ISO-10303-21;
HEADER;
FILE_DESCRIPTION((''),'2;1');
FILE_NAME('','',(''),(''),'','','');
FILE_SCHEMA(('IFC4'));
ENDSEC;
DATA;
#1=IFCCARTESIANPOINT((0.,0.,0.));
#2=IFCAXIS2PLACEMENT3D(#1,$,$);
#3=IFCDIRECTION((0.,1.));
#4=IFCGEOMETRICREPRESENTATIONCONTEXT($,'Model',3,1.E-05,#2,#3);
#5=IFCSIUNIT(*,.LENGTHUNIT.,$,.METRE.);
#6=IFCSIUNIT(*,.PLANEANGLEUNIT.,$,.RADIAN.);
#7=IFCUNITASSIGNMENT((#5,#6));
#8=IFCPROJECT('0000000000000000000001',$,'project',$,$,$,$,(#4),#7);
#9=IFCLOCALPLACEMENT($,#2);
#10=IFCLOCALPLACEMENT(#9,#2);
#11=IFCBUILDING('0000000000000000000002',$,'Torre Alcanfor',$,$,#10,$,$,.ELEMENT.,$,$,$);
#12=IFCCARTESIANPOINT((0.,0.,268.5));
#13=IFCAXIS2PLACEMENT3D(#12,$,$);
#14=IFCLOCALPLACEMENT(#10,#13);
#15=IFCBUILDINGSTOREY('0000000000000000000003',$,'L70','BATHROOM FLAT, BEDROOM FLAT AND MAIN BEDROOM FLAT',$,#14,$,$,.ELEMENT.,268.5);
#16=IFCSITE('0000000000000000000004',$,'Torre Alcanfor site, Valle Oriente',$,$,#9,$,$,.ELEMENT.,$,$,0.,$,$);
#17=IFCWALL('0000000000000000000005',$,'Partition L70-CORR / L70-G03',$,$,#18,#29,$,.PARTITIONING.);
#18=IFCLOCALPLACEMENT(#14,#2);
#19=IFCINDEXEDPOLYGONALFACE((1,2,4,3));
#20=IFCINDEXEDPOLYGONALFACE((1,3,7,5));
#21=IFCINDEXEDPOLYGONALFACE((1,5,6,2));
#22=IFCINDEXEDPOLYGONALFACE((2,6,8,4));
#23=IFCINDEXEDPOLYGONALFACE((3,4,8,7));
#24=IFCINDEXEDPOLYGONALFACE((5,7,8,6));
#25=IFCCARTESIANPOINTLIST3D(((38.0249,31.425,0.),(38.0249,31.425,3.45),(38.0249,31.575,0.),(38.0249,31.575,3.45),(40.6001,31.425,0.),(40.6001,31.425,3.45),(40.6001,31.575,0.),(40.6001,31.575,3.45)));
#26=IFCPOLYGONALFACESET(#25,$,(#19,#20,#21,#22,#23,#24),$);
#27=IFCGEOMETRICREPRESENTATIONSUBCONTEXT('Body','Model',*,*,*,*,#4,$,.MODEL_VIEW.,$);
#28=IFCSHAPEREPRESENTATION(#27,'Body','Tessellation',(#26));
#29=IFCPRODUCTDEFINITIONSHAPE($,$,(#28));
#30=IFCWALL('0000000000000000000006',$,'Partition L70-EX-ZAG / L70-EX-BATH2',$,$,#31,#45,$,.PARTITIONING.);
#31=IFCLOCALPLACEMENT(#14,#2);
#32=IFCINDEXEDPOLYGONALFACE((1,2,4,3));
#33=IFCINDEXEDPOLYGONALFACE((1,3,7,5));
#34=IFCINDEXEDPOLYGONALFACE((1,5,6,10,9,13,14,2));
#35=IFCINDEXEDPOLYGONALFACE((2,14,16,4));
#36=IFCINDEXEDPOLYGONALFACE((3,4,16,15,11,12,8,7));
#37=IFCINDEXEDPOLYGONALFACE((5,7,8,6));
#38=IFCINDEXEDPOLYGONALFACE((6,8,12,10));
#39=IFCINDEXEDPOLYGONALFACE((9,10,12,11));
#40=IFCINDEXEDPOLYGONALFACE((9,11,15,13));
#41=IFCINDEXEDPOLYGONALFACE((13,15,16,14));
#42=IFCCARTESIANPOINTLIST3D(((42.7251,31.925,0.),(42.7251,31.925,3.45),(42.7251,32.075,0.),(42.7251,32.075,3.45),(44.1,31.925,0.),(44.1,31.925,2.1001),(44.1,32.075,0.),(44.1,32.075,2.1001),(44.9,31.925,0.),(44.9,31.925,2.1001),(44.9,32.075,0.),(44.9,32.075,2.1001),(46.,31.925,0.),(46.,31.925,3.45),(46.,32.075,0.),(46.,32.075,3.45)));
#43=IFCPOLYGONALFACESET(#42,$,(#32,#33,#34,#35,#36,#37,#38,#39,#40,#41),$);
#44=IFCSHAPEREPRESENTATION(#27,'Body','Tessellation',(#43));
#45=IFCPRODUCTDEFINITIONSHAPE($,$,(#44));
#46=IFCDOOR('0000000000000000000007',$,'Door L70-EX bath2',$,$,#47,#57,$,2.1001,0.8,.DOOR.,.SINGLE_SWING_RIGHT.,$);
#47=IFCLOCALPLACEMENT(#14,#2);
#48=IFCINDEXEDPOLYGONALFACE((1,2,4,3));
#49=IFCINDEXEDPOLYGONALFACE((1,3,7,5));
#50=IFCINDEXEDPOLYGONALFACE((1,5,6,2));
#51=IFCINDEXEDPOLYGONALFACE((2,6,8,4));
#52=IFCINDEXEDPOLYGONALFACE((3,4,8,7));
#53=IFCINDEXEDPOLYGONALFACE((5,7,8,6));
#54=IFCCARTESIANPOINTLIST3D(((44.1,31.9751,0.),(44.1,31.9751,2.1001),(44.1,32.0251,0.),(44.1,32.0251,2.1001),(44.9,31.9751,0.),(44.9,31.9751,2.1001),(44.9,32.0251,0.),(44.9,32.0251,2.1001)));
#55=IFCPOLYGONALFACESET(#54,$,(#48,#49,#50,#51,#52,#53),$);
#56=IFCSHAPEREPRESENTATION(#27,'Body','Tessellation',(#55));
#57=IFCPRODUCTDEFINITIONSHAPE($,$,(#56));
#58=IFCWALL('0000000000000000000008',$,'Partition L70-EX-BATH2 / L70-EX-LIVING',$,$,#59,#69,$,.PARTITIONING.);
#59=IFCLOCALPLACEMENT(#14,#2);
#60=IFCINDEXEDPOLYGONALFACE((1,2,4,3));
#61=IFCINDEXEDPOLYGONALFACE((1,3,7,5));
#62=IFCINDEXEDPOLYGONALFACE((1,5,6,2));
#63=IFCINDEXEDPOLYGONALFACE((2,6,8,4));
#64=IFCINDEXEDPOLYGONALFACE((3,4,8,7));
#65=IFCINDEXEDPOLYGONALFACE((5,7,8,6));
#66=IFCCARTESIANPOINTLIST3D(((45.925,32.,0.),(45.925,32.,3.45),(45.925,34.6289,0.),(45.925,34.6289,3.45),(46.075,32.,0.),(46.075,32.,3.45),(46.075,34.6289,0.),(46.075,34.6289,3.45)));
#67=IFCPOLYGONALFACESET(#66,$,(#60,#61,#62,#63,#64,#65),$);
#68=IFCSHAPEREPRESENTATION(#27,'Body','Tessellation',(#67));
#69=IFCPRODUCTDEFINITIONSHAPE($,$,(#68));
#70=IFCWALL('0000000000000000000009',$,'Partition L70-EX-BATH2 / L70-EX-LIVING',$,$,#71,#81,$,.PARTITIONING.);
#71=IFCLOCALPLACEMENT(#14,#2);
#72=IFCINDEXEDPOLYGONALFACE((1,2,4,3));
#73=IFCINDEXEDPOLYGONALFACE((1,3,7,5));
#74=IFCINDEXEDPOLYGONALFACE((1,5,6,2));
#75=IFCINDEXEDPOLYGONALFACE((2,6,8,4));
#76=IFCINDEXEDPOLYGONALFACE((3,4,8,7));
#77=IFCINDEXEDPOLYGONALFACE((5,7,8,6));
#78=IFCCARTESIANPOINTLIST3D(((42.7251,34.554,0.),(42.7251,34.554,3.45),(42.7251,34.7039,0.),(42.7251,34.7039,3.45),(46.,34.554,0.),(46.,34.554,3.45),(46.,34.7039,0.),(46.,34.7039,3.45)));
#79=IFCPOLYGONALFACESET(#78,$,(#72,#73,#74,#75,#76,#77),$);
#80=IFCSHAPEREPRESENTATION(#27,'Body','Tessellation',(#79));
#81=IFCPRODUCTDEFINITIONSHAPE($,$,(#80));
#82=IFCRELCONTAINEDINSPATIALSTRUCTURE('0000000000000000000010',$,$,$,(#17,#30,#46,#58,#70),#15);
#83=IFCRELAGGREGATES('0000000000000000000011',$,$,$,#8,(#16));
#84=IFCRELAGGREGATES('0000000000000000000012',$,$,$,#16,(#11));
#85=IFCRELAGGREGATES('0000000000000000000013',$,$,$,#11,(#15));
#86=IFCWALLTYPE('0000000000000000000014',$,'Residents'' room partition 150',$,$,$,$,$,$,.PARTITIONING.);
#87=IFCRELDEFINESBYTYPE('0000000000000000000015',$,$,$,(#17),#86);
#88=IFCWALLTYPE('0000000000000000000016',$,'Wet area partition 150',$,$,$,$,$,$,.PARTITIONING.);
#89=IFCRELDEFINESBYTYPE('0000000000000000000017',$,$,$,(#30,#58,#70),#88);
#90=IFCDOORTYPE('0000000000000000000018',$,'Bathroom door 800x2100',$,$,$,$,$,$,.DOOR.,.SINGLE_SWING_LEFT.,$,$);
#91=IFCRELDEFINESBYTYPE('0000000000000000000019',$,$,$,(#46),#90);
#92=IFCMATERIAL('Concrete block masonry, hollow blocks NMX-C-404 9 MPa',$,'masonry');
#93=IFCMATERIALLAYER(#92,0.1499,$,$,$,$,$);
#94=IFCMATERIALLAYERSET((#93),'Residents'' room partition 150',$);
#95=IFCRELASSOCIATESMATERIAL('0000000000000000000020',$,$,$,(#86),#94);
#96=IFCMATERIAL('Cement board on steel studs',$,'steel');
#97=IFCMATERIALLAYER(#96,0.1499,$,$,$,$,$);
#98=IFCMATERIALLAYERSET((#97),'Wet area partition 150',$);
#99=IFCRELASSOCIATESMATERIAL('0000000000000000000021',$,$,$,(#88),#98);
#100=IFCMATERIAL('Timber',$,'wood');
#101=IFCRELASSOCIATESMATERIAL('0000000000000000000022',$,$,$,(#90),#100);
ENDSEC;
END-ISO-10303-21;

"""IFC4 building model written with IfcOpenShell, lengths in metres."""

from ifc_helpers import new_model, si_unit, direction, frame, frame_2d, origin, place, context, subcontext, project, spatial, rectangle, extrude, material, layer, layer_set, type_object, element, fill, save


model = new_model("IFC4")

# Units and contexts
model_context = context("Model", 3, precision=1e-05, world=origin(), true_north=direction((0.0, 1.0)))
body_context = subcontext(model_context, "Body", "Model", "MODEL_VIEW")
ifc_project = project(units=[si_unit("LENGTHUNIT", "METRE"), si_unit("PLANEANGLEUNIT", "RADIAN")], contexts=[model_context])

# Site, building, storey
site_placement = place(None, origin())
site = spatial("IfcSite", under=ifc_project, at=site_placement, Name="Torre Alcanfor site, Valle Oriente", CompositionType="ELEMENT", RefElevation=0.0)
building_placement = place(site_placement, origin())
building = spatial("IfcBuilding", under=site, at=building_placement, Name="Torre Alcanfor", CompositionType="ELEMENT")
storey_placement = place(building_placement, frame((0.0, 0.0, 268.5)))
storey = spatial("IfcBuildingStorey", under=building, at=storey_placement, Name="L70", Description="BATHROOM FLAT, BEDROOM FLAT AND MAIN BEDROOM FLAT", CompositionType="ELEMENT", Elevation=268.5)

# Wall
ifc_material_1 = material(Name="Concrete block masonry, hollow blocks NMX-C-404 9 MPa", Category="masonry")
ifc_layer_1 = layer(ifc_material_1, 0.1499)
ifc_layer_set_1 = layer_set([ifc_layer_1], Name="Residents' room partition 150")
wall_type_1 = type_object("IfcWallType", Name="Residents' room partition 150", PredefinedType="PARTITIONING", material=ifc_layer_set_1)
wall_1_placement = place(storey_placement, frame((40.6001, 31.5, 0.0), z_axis=(0.0, 0.0, 1.0), x_axis=(-1.0, 0.0, 0.0)))
element("IfcWall", 1, at=wall_1_placement, inside=storey, type_object=wall_type_1, Name="Partition L70-CORR / L70-G03", PredefinedType="PARTITIONING", context=body_context, shape_type="SweptSolid", body=[
    extrude(rectangle(XDim=2.5752, YDim=0.1499, at=frame_2d((1.2876, 0.0))), origin(), (0.0, 0.0, 1.0), 3.45),
])

# Wall, opening, door
ifc_material_2 = material(Name="Cement board on steel studs", Category="steel")
ifc_layer_2 = layer(ifc_material_2, 0.1499)
ifc_layer_set_2 = layer_set([ifc_layer_2], Name="Wet area partition 150")
wall_type_2 = type_object("IfcWallType", Name="Wet area partition 150", PredefinedType="PARTITIONING", material=ifc_layer_set_2)
wall_2_placement = place(storey_placement, frame((46.0, 32.0, 0.0), z_axis=(0.0, 0.0, 1.0), x_axis=(-1.0, 0.0, 0.0)))
wall_2 = element("IfcWall", 2, at=wall_2_placement, inside=storey, type_object=wall_type_2, Name="Partition L70-EX-ZAG / L70-EX-BATH2", PredefinedType="PARTITIONING", context=body_context, shape_type="SweptSolid", body=[
    extrude(rectangle(XDim=3.2749, YDim=0.1499, at=frame_2d((1.6375, 0.0))), origin(), (0.0, 0.0, 1.0), 3.45),
])
opening_1_placement = place(wall_2_placement, frame((1.1001, 0.0, 0.0)))
opening_1 = element("IfcOpeningElement", 3, at=opening_1_placement, cuts=wall_2, PredefinedType="OPENING", context=body_context, shape_type="SweptSolid", body=[
    extrude(rectangle(XDim=0.8, YDim=2.1001, at=frame_2d((0.3999, 1.05))), frame((0.0, 0.085, 0.0), z_axis=(0.0, -1.0, 0.0), x_axis=(1.0, 0.0, 0.0)), (0.0, 0.0, 1.0), 0.1699),
])
ifc_material_3 = material(Name="Timber", Category="wood")
door_type_1 = type_object("IfcDoorType", Name="Bathroom door 800x2100", OperationType="SINGLE_SWING_LEFT", PredefinedType="DOOR", material=ifc_material_3)
door_1_placement = place(opening_1_placement, frame((0.8, 0.0, 0.0), z_axis=(0.0, 0.0, 1.0), x_axis=(-1.0, 0.0, 0.0)))
door_1 = element("IfcDoor", 4, at=door_1_placement, inside=storey, type_object=door_type_1, Name="Door L70-EX bath2", OperationType="SINGLE_SWING_RIGHT", OverallHeight=2.1001, OverallWidth=0.8, PredefinedType="DOOR", context=body_context, shape_type="SweptSolid", body=[
    extrude(rectangle(XDim=0.8, YDim=2.1001, at=frame_2d((0.4001, 1.05))), frame((0.0, 0.0251, 0.0), z_axis=(0.0, -1.0, 0.0), x_axis=(1.0, 0.0, 0.0)), (0.0, 0.0, 1.0), 0.05),
])
fill(opening_1, door_1)

# Walls
wall_3_placement = place(storey_placement, frame((46.0, 32.0, 0.0), z_axis=(0.0, 0.0, 1.0), x_axis=(0.0, 1.0, 0.0)))
element("IfcWall", 5, at=wall_3_placement, inside=storey, type_object=wall_type_2, Name="Partition L70-EX-BATH2 / L70-EX-LIVING", PredefinedType="PARTITIONING", context=body_context, shape_type="SweptSolid", body=[
    extrude(rectangle(XDim=2.6289, YDim=0.1499, at=frame_2d((1.3145, 0.0))), origin(), (0.0, 0.0, 1.0), 3.45),
])
wall_4_placement = place(storey_placement, frame((46.0, 34.6289, 0.0), z_axis=(0.0, 0.0, 1.0), x_axis=(-1.0, 0.0, 0.0)))
element("IfcWall", 6, at=wall_4_placement, inside=storey, type_object=wall_type_2, Name="Partition L70-EX-BATH2 / L70-EX-LIVING", PredefinedType="PARTITIONING", context=body_context, shape_type="SweptSolid", body=[
    extrude(rectangle(XDim=3.2749, YDim=0.1499, at=frame_2d((1.6375, 0.0))), origin(), (0.0, 0.0, 1.0), 3.45),
])

save(model, "model.ifc")
